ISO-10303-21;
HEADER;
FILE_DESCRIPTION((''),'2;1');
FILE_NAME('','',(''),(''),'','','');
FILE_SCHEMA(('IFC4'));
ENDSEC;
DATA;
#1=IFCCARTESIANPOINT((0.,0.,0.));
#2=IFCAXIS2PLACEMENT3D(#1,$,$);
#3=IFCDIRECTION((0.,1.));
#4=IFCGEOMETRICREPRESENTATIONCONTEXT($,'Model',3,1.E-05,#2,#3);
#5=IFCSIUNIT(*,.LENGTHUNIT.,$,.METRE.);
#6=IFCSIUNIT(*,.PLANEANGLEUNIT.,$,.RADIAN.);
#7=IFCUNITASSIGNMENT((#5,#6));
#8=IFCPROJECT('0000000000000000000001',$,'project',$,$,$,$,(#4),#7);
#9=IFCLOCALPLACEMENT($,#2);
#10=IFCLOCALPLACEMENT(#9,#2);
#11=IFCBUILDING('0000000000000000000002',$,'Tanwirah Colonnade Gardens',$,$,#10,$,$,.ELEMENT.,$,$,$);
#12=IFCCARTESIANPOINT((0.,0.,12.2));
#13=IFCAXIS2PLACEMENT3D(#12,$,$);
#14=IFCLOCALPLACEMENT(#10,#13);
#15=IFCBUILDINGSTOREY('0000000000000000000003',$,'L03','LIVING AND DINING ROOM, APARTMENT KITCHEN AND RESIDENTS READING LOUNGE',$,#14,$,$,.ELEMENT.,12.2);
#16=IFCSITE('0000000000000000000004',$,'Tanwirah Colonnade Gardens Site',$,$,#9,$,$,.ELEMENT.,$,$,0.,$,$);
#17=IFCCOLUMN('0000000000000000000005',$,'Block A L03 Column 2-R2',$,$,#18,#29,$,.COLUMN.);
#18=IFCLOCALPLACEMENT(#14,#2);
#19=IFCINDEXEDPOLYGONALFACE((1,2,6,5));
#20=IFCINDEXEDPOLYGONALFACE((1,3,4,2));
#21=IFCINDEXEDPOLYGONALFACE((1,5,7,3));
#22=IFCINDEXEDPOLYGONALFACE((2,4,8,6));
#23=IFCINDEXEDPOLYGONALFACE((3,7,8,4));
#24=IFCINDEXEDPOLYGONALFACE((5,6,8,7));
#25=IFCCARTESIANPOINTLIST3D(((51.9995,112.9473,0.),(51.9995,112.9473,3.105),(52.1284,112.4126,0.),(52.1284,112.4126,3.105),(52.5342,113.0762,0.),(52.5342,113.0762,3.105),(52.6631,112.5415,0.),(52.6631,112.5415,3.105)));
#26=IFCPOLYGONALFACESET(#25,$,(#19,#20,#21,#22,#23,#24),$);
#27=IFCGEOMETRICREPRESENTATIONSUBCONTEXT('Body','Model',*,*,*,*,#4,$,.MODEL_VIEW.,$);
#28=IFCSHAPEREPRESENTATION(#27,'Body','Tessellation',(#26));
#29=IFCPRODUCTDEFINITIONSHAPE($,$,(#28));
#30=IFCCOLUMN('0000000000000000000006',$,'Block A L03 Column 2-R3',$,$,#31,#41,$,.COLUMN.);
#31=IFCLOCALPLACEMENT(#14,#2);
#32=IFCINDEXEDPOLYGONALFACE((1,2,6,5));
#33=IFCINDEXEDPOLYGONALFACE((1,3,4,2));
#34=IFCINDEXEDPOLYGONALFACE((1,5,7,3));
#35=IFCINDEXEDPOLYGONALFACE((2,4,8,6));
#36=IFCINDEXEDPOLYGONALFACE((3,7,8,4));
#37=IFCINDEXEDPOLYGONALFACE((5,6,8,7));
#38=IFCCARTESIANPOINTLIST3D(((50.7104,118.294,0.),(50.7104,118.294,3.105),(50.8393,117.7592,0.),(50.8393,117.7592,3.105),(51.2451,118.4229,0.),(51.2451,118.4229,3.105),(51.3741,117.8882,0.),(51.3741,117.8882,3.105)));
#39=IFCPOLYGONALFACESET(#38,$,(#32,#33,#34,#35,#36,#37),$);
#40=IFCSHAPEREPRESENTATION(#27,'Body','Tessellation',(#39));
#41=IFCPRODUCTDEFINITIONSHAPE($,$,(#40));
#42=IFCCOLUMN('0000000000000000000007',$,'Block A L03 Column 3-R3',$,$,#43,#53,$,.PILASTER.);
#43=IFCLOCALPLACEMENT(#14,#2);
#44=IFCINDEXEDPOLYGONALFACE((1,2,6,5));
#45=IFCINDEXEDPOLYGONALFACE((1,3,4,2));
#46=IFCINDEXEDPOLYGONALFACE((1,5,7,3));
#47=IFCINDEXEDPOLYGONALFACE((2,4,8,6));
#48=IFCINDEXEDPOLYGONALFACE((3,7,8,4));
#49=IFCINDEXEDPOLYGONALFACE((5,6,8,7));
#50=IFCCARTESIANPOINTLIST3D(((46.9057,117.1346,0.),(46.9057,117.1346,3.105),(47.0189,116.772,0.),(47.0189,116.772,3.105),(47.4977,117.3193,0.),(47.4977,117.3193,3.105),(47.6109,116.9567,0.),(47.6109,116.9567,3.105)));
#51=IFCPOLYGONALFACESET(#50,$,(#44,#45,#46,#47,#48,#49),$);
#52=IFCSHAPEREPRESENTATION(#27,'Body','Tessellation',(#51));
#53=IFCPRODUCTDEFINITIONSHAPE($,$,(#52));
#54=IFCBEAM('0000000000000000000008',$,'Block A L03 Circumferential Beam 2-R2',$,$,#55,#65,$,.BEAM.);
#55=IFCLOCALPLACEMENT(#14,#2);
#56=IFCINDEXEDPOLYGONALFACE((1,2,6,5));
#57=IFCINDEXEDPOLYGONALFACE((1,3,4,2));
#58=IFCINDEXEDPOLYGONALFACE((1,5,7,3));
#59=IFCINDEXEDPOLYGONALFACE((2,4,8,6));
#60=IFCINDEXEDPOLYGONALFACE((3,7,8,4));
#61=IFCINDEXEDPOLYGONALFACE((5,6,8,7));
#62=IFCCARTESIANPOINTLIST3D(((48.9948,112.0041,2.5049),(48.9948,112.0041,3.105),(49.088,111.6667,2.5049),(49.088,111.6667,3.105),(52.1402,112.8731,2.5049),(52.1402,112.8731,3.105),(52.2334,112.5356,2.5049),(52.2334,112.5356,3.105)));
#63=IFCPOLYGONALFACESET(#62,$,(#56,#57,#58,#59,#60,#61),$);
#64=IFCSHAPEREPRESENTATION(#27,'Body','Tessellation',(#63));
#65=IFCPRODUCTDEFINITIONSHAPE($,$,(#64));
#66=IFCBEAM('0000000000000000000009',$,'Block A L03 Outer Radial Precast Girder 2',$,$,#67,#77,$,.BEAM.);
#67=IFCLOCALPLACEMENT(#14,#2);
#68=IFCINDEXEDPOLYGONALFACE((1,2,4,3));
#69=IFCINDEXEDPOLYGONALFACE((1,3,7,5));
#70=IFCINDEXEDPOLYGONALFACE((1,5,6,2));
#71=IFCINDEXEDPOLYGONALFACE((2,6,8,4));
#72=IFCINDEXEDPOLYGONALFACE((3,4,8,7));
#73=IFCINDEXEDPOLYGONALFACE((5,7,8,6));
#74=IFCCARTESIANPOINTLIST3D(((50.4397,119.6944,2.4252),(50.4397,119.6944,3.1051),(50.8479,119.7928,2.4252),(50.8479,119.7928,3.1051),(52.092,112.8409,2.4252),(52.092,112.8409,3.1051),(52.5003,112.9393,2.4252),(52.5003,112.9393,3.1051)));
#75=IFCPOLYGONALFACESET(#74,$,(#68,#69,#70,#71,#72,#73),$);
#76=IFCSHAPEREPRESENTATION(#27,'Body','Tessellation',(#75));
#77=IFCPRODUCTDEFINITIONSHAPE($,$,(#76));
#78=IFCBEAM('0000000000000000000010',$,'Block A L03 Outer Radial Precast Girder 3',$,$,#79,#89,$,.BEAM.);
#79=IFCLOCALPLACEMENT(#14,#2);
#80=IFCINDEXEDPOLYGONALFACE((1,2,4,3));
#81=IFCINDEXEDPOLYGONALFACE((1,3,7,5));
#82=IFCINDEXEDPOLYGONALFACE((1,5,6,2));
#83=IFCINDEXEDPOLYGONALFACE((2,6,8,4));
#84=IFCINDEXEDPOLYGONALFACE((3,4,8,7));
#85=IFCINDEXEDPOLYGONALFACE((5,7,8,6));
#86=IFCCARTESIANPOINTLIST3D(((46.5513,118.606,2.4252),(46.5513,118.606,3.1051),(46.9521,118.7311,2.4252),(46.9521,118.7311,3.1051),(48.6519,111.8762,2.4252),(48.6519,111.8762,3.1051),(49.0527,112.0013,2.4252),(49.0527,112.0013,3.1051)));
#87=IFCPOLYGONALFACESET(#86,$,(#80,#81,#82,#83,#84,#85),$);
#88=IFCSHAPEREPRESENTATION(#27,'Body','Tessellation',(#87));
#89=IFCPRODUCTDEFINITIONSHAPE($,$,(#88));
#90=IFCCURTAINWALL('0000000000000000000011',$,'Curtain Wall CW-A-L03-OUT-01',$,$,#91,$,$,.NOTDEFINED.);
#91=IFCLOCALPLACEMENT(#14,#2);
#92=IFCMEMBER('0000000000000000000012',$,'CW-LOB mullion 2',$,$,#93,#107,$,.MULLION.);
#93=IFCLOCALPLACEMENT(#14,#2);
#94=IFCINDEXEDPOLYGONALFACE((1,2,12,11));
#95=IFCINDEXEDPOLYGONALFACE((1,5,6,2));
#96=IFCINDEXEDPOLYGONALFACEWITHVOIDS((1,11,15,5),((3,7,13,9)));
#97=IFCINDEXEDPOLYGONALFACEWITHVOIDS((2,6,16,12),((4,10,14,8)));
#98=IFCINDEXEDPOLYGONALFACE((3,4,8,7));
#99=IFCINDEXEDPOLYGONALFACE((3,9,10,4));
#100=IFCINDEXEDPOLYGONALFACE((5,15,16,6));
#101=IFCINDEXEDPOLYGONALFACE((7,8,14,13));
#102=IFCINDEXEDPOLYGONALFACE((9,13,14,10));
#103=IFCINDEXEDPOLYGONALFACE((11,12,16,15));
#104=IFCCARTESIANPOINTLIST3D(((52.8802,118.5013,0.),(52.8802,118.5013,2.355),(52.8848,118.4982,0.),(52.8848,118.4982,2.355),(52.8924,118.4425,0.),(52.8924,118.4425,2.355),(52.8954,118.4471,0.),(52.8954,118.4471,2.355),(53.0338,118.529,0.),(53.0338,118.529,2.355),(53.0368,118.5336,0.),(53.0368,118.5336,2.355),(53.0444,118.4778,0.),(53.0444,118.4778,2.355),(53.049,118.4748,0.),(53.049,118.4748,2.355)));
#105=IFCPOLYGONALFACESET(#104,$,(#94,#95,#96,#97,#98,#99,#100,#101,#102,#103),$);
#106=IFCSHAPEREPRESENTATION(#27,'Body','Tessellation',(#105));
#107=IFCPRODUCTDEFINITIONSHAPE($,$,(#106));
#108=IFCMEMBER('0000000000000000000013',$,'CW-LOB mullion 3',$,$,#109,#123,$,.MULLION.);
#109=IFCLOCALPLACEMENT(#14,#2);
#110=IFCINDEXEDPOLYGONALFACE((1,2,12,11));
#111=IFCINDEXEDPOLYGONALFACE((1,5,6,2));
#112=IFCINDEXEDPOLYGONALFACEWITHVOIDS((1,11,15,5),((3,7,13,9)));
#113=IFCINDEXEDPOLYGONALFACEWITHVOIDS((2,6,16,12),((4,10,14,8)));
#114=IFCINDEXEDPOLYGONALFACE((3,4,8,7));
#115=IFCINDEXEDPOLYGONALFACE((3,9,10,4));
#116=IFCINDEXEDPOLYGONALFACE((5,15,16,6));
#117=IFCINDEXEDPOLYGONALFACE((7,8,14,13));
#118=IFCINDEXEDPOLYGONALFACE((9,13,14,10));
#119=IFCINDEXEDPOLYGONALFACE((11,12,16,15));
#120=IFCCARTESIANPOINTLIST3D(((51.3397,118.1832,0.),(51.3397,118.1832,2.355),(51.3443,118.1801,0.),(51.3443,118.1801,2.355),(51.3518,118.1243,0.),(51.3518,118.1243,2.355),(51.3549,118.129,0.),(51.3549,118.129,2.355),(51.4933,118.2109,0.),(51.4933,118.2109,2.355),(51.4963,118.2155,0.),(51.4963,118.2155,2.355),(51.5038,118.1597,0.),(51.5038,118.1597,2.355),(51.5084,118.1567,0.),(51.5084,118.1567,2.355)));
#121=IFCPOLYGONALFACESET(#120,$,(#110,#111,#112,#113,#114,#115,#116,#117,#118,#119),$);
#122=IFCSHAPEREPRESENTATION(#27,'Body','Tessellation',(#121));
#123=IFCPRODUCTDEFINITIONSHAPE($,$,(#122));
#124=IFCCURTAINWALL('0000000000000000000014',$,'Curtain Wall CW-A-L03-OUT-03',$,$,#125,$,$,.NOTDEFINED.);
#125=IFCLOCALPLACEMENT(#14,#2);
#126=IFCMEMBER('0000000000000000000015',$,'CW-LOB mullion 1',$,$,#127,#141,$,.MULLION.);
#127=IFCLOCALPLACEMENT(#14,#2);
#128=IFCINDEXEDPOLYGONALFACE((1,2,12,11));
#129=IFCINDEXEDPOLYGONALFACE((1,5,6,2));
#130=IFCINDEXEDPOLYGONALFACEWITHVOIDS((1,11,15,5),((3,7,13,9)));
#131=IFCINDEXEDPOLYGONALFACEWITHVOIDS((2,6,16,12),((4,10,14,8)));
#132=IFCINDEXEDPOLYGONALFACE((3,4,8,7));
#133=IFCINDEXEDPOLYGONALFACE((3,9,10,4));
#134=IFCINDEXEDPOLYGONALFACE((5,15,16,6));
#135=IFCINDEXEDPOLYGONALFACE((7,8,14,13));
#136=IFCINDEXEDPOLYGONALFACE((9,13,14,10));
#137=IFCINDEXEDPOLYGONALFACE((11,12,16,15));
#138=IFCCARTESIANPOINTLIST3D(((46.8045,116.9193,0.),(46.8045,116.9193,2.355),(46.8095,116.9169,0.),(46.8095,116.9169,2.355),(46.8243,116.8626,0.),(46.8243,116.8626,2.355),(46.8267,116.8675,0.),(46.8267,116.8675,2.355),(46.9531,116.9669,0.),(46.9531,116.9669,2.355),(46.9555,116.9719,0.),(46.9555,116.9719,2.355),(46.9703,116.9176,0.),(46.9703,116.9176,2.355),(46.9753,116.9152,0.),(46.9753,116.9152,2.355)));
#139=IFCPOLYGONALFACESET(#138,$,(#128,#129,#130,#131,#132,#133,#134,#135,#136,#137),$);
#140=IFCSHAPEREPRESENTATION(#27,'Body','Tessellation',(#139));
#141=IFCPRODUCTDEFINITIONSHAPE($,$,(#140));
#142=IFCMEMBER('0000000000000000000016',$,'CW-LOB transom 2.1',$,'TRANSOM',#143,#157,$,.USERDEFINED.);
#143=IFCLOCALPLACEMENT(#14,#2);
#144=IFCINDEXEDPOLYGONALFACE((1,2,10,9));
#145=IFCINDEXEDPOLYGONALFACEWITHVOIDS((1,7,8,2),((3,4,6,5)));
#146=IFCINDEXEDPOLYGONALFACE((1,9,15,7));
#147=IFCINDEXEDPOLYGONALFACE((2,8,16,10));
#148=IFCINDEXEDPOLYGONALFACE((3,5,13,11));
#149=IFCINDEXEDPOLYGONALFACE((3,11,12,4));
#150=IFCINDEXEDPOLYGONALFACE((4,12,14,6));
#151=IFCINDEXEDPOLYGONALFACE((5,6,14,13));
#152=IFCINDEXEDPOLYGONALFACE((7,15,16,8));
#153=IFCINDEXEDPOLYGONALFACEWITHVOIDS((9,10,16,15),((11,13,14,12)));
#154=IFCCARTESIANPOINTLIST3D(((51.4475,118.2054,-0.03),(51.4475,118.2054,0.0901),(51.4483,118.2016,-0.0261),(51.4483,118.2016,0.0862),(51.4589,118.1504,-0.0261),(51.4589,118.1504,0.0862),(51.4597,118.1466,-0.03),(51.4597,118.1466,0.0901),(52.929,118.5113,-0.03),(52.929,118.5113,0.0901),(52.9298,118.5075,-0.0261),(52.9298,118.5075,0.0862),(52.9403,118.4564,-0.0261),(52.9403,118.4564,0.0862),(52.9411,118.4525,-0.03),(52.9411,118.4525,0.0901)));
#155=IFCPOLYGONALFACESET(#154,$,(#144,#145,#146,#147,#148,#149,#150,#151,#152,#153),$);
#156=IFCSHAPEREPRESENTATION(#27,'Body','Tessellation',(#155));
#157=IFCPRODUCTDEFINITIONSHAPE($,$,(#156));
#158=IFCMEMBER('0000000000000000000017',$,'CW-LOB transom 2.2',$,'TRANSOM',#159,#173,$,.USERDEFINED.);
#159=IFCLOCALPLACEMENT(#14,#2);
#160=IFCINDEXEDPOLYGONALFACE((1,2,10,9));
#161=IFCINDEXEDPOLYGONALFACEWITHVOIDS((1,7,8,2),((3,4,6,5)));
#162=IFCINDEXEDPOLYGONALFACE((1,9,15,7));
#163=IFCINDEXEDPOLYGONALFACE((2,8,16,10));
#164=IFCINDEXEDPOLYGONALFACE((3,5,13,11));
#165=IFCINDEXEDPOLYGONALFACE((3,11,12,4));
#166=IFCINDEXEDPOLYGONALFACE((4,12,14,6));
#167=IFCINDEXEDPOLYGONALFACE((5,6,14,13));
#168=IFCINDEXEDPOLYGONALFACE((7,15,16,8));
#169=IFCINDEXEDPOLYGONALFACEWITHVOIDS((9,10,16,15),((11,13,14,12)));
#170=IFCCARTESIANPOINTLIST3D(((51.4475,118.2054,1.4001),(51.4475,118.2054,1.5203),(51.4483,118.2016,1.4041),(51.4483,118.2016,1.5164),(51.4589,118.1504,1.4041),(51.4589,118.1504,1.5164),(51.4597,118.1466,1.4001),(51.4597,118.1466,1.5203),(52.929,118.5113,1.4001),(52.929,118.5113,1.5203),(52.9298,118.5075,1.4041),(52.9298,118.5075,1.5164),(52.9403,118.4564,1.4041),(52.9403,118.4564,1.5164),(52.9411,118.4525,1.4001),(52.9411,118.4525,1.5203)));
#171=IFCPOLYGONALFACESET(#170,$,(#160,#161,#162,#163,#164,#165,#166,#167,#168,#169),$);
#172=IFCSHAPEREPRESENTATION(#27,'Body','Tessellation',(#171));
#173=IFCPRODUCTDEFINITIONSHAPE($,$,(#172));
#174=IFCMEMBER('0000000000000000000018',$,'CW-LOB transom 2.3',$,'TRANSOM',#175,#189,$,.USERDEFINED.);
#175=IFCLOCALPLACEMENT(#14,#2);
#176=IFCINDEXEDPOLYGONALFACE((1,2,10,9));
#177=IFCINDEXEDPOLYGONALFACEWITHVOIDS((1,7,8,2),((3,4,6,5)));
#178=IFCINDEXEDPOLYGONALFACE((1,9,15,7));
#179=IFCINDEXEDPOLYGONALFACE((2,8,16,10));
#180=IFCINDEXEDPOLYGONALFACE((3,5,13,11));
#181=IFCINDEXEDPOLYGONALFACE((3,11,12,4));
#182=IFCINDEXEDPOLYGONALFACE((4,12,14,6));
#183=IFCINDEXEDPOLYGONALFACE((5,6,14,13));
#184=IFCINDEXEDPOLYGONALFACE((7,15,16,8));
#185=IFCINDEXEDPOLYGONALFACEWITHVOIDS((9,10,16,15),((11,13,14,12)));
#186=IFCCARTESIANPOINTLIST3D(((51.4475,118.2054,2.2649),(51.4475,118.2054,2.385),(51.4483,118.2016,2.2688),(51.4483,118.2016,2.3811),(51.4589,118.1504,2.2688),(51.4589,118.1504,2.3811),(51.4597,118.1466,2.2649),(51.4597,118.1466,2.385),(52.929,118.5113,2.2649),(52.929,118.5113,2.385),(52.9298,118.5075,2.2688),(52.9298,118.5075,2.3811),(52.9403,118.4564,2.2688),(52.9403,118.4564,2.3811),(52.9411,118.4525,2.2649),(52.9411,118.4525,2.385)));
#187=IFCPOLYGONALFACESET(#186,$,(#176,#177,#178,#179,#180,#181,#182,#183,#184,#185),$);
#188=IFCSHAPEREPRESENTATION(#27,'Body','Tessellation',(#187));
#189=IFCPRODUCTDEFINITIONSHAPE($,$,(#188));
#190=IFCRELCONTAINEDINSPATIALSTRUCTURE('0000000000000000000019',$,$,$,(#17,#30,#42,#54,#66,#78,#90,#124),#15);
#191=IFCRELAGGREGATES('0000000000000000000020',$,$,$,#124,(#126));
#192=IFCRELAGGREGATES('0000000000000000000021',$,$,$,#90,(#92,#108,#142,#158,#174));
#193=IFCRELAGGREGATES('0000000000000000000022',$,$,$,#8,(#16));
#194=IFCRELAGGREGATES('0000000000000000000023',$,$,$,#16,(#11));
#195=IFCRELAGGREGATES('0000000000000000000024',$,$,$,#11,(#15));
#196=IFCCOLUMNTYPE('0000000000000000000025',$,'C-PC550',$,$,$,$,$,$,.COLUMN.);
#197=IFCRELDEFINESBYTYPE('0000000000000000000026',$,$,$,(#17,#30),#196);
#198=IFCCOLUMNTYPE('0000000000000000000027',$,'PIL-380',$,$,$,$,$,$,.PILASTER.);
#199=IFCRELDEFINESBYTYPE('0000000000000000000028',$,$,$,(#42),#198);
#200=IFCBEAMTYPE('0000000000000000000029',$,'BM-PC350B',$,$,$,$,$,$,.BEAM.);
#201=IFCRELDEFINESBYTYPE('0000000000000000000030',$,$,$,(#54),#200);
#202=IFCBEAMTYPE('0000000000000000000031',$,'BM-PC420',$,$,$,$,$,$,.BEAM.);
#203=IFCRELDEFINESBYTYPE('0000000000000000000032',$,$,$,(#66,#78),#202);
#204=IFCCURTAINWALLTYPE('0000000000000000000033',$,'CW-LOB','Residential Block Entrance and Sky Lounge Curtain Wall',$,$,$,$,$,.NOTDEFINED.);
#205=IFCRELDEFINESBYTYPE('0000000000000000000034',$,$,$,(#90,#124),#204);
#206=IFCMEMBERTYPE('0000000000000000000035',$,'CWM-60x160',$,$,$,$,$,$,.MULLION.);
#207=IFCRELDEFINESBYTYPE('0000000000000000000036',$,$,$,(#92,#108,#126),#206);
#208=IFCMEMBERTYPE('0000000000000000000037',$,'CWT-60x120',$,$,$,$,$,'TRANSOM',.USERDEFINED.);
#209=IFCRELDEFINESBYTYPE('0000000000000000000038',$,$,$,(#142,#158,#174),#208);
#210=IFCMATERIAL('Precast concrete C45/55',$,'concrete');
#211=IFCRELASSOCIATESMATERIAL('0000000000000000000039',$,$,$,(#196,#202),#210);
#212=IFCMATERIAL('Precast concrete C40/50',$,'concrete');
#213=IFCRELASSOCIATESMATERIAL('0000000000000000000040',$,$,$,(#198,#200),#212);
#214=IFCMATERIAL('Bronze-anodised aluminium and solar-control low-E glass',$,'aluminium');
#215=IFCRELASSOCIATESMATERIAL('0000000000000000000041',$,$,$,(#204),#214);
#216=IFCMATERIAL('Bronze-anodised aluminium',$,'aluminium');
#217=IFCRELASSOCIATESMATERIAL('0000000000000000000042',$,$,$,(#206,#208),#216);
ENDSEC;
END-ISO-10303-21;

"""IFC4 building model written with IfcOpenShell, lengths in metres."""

from ifc_helpers import new_model, si_unit, direction, frame, origin, origin_2d, place, context, subcontext, project, spatial, rectangle, hollow_rectangle, extrude, material, material_profile, profile_set, type_object, element, aggregate, save


model = new_model("IFC4")

# Units and contexts
model_context = context("Model", 3, precision=1e-05, world=origin(), true_north=direction((0.0, 1.0)))
body_context = subcontext(model_context, "Body", "Model", "MODEL_VIEW")
ifc_project = project(units=[si_unit("LENGTHUNIT", "METRE"), si_unit("PLANEANGLEUNIT", "RADIAN")], contexts=[model_context])

# Site, building, storey
site_placement = place(None, origin())
site = spatial("IfcSite", under=ifc_project, at=site_placement, Name="Tanwirah Colonnade Gardens Site", CompositionType="ELEMENT", RefElevation=0.0)
building_placement = place(site_placement, origin())
building = spatial("IfcBuilding", under=site, at=building_placement, Name="Tanwirah Colonnade Gardens", CompositionType="ELEMENT")
storey_placement = place(building_placement, frame((0.0, 0.0, 12.2)))
storey = spatial("IfcBuildingStorey", under=building, at=storey_placement, Name="L03", Description="LIVING AND DINING ROOM, APARTMENT KITCHEN AND RESIDENTS READING LOUNGE", CompositionType="ELEMENT", Elevation=12.2)

# Columns
ifc_material_1 = material(Name="Precast concrete C45/55", Category="concrete")
ifc_material_profile_1 = material_profile(ifc_material_1, rectangle(XDim=0.55, YDim=0.55, at=origin_2d()), Name="PC-COL 550x550")
ifc_profile_set_1 = profile_set([ifc_material_profile_1], Name="Precast concrete C45/55")
column_type_1 = type_object("IfcColumnType", Name="C-PC550", PredefinedType="COLUMN", material=ifc_profile_set_1)
for number, where, z_axis, x_axis, name in (
    (1, (52.3313, 112.7444, 0.0), (0.0, 0.0, 1.0), (-0.234388, 0.972143, 0.0), "Block A L03 Column 2-R2"),
    (2, (51.0422, 118.0911, 0.0), (0.0, 0.0, 1.0), (-0.234388, 0.972143, 0.0), "Block A L03 Column 2-R3"),
):
    element("IfcColumn", number, at=place(storey_placement, frame(where, z_axis=z_axis, x_axis=x_axis)), inside=storey, type_object=column_type_1, Name=name, PredefinedType="COLUMN", context=body_context, shape_type="SweptSolid", body=[
        extrude(rectangle(XDim=0.55, YDim=0.55, at=origin_2d()), origin(), (0.0, 0.0, 1.0), 3.105),
    ])
ifc_material_2 = material(Name="Precast concrete C40/50", Category="concrete")
ifc_material_profile_2 = material_profile(ifc_material_2, rectangle(XDim=0.3799, YDim=0.6201, at=origin_2d()), Name="PC-PIL 380x620")
ifc_profile_set_2 = profile_set([ifc_material_profile_2], Name="Precast concrete C40/50")
column_type_2 = type_object("IfcColumnType", Name="PIL-380", PredefinedType="PILASTER", material=ifc_profile_set_2)
column_placement = place(storey_placement, frame((47.2583, 117.0457, 0.0), z_axis=(0.0, 0.0, 1.0), x_axis=(-0.29793, 0.954588, 0.0)))
element("IfcColumn", 3, at=column_placement, inside=storey, type_object=column_type_2, Name="Block A L03 Column 3-R3", PredefinedType="PILASTER", context=body_context, shape_type="SweptSolid", body=[
    extrude(rectangle(XDim=0.3799, YDim=0.6201, at=origin_2d()), origin(), (0.0, 0.0, 1.0), 3.105),
])

# Beams
ifc_material_profile_3 = material_profile(ifc_material_2, rectangle(XDim=0.3501, YDim=0.6001, at=origin_2d()), Name="PC-BM 350x600")
ifc_profile_set_3 = profile_set([ifc_material_profile_3], Name="Precast concrete C40/50")
beam_type_1 = type_object("IfcBeamType", Name="BM-PC350B", PredefinedType="BEAM", material=ifc_profile_set_3)
beam_1_placement = place(storey_placement, frame((52.1868, 112.7043, 2.8049), z_axis=(-0.963895, -0.266281, 0.0), x_axis=(0.266281, -0.963895, 0.0)))
element("IfcBeam", 4, at=beam_1_placement, inside=storey, type_object=beam_type_1, Name="Block A L03 Circumferential Beam 2-R2", PredefinedType="BEAM", context=body_context, shape_type="SweptSolid", body=[
    extrude(rectangle(XDim=0.3501, YDim=0.6001, at=origin_2d()), origin(), (0.0, 0.0, 1.0), 3.2632),
])
ifc_material_profile_4 = material_profile(ifc_material_1, rectangle(XDim=0.4199, YDim=0.6799, at=origin_2d()), Name="PC-BM 420x680")
ifc_profile_set_4 = profile_set([ifc_material_profile_4], Name="Precast concrete C45/55")
beam_type_2 = type_object("IfcBeamType", Name="BM-PC420", PredefinedType="BEAM", material=ifc_profile_set_4)
beam_2_placement = place(storey_placement, frame((52.2961, 112.8901, 2.7651), z_axis=(-0.234379, 0.972145, 0.0), x_axis=(-0.972145, -0.234379, 0.0)))
element("IfcBeam", 5, at=beam_2_placement, inside=storey, type_object=beam_type_2, Name="Block A L03 Outer Radial Precast Girder 2", PredefinedType="BEAM", context=body_context, shape_type="SweptSolid", body=[
    extrude(rectangle(XDim=0.4199, YDim=0.6799, at=origin_2d()), origin(), (0.0, 0.0, 1.0), 7.0498),
])
beam_3_placement = place(storey_placement, frame((48.8523, 111.9387, 2.7651), z_axis=(-0.297958, 0.954579, 0.0), x_axis=(-0.954579, -0.297958, 0.0)))
element("IfcBeam", 6, at=beam_3_placement, inside=storey, type_object=beam_type_2, Name="Block A L03 Outer Radial Precast Girder 3", PredefinedType="BEAM", context=body_context, shape_type="SweptSolid", body=[
    extrude(rectangle(XDim=0.4199, YDim=0.6799, at=origin_2d()), origin(), (0.0, 0.0, 1.0), 7.05),
])

# Curtain wall, members
ifc_material_3 = material(Name="Bronze-anodised aluminium and solar-control low-E glass", Category="aluminium")
curtain_wall_type = type_object("IfcCurtainWallType", Name="CW-LOB", Description="Residential Block Entrance and Sky Lounge Curtain Wall", PredefinedType="NOTDEFINED", material=ifc_material_3)
curtain_wall_1_placement = place(storey_placement, origin())
curtain_wall_1 = element("IfcCurtainWall", 7, at=curtain_wall_1_placement, inside=storey, type_object=curtain_wall_type, Name="Curtain Wall CW-A-L03-OUT-01", PredefinedType="NOTDEFINED")
ifc_material_4 = material(Name="Bronze-anodised aluminium", Category="aluminium")
ifc_material_profile_5 = material_profile(ifc_material_4, hollow_rectangle(XDim=0.0601, YDim=0.1599, WallThickness=0.0039, at=origin_2d()), Name="CW-MUL 60x160x4")
ifc_profile_set_5 = profile_set([ifc_material_profile_5], Name="Bronze-anodised aluminium")
member_type_1 = type_object("IfcMemberType", Name="CWM-60x160", PredefinedType="MULLION", material=ifc_profile_set_5)
member_1_placement = place(storey_placement, frame((52.9646, 118.488, 0.0), z_axis=(0.0, 0.0, 1.0), x_axis=(0.202218, -0.979341, 0.0)))
member_1 = element("IfcMember", 8, at=member_1_placement, type_object=member_type_1, Name="CW-LOB mullion 2", PredefinedType="MULLION", context=body_context, shape_type="SweptSolid", body=[
    extrude(hollow_rectangle(XDim=0.0601, YDim=0.1599, WallThickness=0.0039, at=origin_2d()), origin(), (0.0, 0.0, 1.0), 2.355),
])
member_2_placement = place(storey_placement, frame((51.4241, 118.1699, 0.0), z_axis=(0.0, 0.0, 1.0), x_axis=(0.202218, -0.979341, 0.0)))
member_2 = element("IfcMember", 9, at=member_2_placement, type_object=member_type_1, Name="CW-LOB mullion 3", PredefinedType="MULLION", context=body_context, shape_type="SweptSolid", body=[
    extrude(hollow_rectangle(XDim=0.0601, YDim=0.1599, WallThickness=0.0039, at=origin_2d()), origin(), (0.0, 0.0, 1.0), 2.355),
])

# Curtain wall, member
curtain_wall_2_placement = place(storey_placement, origin())
curtain_wall_2 = element("IfcCurtainWall", 10, at=curtain_wall_2_placement, inside=storey, type_object=curtain_wall_type, Name="Curtain Wall CW-A-L03-OUT-03", PredefinedType="NOTDEFINED")
member_3_placement = place(storey_placement, frame((46.8899, 116.9172, 0.0), z_axis=(0.0, 0.0, 1.0), x_axis=(0.329233, -0.944249, 0.0)))
member_3 = element("IfcMember", 11, at=member_3_placement, type_object=member_type_1, Name="CW-LOB mullion 1", PredefinedType="MULLION", context=body_context, shape_type="SweptSolid", body=[
    extrude(hollow_rectangle(XDim=0.0601, YDim=0.1599, WallThickness=0.0039, at=origin_2d()), origin(), (0.0, 0.0, 1.0), 2.355),
])

# Members
ifc_material_profile_6 = material_profile(ifc_material_4, hollow_rectangle(XDim=0.0601, YDim=0.1201, WallThickness=0.0039, at=origin_2d()), Name="CW-TRN 60x120x4")
ifc_profile_set_6 = profile_set([ifc_material_profile_6], Name="Bronze-anodised aluminium")
member_type_2 = type_object("IfcMemberType", Name="CWT-60x120", ElementType="TRANSOM", PredefinedType="USERDEFINED", material=ifc_profile_set_6)
member_4_placement = place(storey_placement, frame((52.9351, 118.4819, 0.03), z_axis=(-0.979339, -0.202227, 0.0), x_axis=(0.202227, -0.979339, 0.0)))
member_4 = element("IfcMember", 12, at=member_4_placement, type_object=member_type_2, Name="CW-LOB transom 2.1", ObjectType="TRANSOM", PredefinedType="USERDEFINED", context=body_context, shape_type="SweptSolid", body=[
    extrude(hollow_rectangle(XDim=0.0601, YDim=0.1201, WallThickness=0.0039, at=origin_2d()), origin(), (0.0, 0.0, 1.0), 1.5127),
])
member_5_placement = place(storey_placement, frame((52.9351, 118.4819, 1.4602), z_axis=(-0.979339, -0.202227, 0.0), x_axis=(0.202227, -0.979339, 0.0)))
member_5 = element("IfcMember", 13, at=member_5_placement, type_object=member_type_2, Name="CW-LOB transom 2.2", ObjectType="TRANSOM", PredefinedType="USERDEFINED", context=body_context, shape_type="SweptSolid", body=[
    extrude(hollow_rectangle(XDim=0.0601, YDim=0.1201, WallThickness=0.0039, at=origin_2d()), origin(), (0.0, 0.0, 1.0), 1.5127),
])
member_6_placement = place(storey_placement, frame((52.9351, 118.4819, 2.325), z_axis=(-0.979339, -0.202227, 0.0), x_axis=(0.202227, -0.979339, 0.0)))
member_6 = element("IfcMember", 14, at=member_6_placement, type_object=member_type_2, Name="CW-LOB transom 2.3", ObjectType="TRANSOM", PredefinedType="USERDEFINED", context=body_context, shape_type="SweptSolid", body=[
    extrude(hollow_rectangle(XDim=0.0601, YDim=0.1201, WallThickness=0.0039, at=origin_2d()), origin(), (0.0, 0.0, 1.0), 1.5127),
])
aggregate(curtain_wall_2, [member_3])

aggregate(curtain_wall_1, [member_1, member_2, member_4, member_5, member_6])

save(model, "model.ifc")
